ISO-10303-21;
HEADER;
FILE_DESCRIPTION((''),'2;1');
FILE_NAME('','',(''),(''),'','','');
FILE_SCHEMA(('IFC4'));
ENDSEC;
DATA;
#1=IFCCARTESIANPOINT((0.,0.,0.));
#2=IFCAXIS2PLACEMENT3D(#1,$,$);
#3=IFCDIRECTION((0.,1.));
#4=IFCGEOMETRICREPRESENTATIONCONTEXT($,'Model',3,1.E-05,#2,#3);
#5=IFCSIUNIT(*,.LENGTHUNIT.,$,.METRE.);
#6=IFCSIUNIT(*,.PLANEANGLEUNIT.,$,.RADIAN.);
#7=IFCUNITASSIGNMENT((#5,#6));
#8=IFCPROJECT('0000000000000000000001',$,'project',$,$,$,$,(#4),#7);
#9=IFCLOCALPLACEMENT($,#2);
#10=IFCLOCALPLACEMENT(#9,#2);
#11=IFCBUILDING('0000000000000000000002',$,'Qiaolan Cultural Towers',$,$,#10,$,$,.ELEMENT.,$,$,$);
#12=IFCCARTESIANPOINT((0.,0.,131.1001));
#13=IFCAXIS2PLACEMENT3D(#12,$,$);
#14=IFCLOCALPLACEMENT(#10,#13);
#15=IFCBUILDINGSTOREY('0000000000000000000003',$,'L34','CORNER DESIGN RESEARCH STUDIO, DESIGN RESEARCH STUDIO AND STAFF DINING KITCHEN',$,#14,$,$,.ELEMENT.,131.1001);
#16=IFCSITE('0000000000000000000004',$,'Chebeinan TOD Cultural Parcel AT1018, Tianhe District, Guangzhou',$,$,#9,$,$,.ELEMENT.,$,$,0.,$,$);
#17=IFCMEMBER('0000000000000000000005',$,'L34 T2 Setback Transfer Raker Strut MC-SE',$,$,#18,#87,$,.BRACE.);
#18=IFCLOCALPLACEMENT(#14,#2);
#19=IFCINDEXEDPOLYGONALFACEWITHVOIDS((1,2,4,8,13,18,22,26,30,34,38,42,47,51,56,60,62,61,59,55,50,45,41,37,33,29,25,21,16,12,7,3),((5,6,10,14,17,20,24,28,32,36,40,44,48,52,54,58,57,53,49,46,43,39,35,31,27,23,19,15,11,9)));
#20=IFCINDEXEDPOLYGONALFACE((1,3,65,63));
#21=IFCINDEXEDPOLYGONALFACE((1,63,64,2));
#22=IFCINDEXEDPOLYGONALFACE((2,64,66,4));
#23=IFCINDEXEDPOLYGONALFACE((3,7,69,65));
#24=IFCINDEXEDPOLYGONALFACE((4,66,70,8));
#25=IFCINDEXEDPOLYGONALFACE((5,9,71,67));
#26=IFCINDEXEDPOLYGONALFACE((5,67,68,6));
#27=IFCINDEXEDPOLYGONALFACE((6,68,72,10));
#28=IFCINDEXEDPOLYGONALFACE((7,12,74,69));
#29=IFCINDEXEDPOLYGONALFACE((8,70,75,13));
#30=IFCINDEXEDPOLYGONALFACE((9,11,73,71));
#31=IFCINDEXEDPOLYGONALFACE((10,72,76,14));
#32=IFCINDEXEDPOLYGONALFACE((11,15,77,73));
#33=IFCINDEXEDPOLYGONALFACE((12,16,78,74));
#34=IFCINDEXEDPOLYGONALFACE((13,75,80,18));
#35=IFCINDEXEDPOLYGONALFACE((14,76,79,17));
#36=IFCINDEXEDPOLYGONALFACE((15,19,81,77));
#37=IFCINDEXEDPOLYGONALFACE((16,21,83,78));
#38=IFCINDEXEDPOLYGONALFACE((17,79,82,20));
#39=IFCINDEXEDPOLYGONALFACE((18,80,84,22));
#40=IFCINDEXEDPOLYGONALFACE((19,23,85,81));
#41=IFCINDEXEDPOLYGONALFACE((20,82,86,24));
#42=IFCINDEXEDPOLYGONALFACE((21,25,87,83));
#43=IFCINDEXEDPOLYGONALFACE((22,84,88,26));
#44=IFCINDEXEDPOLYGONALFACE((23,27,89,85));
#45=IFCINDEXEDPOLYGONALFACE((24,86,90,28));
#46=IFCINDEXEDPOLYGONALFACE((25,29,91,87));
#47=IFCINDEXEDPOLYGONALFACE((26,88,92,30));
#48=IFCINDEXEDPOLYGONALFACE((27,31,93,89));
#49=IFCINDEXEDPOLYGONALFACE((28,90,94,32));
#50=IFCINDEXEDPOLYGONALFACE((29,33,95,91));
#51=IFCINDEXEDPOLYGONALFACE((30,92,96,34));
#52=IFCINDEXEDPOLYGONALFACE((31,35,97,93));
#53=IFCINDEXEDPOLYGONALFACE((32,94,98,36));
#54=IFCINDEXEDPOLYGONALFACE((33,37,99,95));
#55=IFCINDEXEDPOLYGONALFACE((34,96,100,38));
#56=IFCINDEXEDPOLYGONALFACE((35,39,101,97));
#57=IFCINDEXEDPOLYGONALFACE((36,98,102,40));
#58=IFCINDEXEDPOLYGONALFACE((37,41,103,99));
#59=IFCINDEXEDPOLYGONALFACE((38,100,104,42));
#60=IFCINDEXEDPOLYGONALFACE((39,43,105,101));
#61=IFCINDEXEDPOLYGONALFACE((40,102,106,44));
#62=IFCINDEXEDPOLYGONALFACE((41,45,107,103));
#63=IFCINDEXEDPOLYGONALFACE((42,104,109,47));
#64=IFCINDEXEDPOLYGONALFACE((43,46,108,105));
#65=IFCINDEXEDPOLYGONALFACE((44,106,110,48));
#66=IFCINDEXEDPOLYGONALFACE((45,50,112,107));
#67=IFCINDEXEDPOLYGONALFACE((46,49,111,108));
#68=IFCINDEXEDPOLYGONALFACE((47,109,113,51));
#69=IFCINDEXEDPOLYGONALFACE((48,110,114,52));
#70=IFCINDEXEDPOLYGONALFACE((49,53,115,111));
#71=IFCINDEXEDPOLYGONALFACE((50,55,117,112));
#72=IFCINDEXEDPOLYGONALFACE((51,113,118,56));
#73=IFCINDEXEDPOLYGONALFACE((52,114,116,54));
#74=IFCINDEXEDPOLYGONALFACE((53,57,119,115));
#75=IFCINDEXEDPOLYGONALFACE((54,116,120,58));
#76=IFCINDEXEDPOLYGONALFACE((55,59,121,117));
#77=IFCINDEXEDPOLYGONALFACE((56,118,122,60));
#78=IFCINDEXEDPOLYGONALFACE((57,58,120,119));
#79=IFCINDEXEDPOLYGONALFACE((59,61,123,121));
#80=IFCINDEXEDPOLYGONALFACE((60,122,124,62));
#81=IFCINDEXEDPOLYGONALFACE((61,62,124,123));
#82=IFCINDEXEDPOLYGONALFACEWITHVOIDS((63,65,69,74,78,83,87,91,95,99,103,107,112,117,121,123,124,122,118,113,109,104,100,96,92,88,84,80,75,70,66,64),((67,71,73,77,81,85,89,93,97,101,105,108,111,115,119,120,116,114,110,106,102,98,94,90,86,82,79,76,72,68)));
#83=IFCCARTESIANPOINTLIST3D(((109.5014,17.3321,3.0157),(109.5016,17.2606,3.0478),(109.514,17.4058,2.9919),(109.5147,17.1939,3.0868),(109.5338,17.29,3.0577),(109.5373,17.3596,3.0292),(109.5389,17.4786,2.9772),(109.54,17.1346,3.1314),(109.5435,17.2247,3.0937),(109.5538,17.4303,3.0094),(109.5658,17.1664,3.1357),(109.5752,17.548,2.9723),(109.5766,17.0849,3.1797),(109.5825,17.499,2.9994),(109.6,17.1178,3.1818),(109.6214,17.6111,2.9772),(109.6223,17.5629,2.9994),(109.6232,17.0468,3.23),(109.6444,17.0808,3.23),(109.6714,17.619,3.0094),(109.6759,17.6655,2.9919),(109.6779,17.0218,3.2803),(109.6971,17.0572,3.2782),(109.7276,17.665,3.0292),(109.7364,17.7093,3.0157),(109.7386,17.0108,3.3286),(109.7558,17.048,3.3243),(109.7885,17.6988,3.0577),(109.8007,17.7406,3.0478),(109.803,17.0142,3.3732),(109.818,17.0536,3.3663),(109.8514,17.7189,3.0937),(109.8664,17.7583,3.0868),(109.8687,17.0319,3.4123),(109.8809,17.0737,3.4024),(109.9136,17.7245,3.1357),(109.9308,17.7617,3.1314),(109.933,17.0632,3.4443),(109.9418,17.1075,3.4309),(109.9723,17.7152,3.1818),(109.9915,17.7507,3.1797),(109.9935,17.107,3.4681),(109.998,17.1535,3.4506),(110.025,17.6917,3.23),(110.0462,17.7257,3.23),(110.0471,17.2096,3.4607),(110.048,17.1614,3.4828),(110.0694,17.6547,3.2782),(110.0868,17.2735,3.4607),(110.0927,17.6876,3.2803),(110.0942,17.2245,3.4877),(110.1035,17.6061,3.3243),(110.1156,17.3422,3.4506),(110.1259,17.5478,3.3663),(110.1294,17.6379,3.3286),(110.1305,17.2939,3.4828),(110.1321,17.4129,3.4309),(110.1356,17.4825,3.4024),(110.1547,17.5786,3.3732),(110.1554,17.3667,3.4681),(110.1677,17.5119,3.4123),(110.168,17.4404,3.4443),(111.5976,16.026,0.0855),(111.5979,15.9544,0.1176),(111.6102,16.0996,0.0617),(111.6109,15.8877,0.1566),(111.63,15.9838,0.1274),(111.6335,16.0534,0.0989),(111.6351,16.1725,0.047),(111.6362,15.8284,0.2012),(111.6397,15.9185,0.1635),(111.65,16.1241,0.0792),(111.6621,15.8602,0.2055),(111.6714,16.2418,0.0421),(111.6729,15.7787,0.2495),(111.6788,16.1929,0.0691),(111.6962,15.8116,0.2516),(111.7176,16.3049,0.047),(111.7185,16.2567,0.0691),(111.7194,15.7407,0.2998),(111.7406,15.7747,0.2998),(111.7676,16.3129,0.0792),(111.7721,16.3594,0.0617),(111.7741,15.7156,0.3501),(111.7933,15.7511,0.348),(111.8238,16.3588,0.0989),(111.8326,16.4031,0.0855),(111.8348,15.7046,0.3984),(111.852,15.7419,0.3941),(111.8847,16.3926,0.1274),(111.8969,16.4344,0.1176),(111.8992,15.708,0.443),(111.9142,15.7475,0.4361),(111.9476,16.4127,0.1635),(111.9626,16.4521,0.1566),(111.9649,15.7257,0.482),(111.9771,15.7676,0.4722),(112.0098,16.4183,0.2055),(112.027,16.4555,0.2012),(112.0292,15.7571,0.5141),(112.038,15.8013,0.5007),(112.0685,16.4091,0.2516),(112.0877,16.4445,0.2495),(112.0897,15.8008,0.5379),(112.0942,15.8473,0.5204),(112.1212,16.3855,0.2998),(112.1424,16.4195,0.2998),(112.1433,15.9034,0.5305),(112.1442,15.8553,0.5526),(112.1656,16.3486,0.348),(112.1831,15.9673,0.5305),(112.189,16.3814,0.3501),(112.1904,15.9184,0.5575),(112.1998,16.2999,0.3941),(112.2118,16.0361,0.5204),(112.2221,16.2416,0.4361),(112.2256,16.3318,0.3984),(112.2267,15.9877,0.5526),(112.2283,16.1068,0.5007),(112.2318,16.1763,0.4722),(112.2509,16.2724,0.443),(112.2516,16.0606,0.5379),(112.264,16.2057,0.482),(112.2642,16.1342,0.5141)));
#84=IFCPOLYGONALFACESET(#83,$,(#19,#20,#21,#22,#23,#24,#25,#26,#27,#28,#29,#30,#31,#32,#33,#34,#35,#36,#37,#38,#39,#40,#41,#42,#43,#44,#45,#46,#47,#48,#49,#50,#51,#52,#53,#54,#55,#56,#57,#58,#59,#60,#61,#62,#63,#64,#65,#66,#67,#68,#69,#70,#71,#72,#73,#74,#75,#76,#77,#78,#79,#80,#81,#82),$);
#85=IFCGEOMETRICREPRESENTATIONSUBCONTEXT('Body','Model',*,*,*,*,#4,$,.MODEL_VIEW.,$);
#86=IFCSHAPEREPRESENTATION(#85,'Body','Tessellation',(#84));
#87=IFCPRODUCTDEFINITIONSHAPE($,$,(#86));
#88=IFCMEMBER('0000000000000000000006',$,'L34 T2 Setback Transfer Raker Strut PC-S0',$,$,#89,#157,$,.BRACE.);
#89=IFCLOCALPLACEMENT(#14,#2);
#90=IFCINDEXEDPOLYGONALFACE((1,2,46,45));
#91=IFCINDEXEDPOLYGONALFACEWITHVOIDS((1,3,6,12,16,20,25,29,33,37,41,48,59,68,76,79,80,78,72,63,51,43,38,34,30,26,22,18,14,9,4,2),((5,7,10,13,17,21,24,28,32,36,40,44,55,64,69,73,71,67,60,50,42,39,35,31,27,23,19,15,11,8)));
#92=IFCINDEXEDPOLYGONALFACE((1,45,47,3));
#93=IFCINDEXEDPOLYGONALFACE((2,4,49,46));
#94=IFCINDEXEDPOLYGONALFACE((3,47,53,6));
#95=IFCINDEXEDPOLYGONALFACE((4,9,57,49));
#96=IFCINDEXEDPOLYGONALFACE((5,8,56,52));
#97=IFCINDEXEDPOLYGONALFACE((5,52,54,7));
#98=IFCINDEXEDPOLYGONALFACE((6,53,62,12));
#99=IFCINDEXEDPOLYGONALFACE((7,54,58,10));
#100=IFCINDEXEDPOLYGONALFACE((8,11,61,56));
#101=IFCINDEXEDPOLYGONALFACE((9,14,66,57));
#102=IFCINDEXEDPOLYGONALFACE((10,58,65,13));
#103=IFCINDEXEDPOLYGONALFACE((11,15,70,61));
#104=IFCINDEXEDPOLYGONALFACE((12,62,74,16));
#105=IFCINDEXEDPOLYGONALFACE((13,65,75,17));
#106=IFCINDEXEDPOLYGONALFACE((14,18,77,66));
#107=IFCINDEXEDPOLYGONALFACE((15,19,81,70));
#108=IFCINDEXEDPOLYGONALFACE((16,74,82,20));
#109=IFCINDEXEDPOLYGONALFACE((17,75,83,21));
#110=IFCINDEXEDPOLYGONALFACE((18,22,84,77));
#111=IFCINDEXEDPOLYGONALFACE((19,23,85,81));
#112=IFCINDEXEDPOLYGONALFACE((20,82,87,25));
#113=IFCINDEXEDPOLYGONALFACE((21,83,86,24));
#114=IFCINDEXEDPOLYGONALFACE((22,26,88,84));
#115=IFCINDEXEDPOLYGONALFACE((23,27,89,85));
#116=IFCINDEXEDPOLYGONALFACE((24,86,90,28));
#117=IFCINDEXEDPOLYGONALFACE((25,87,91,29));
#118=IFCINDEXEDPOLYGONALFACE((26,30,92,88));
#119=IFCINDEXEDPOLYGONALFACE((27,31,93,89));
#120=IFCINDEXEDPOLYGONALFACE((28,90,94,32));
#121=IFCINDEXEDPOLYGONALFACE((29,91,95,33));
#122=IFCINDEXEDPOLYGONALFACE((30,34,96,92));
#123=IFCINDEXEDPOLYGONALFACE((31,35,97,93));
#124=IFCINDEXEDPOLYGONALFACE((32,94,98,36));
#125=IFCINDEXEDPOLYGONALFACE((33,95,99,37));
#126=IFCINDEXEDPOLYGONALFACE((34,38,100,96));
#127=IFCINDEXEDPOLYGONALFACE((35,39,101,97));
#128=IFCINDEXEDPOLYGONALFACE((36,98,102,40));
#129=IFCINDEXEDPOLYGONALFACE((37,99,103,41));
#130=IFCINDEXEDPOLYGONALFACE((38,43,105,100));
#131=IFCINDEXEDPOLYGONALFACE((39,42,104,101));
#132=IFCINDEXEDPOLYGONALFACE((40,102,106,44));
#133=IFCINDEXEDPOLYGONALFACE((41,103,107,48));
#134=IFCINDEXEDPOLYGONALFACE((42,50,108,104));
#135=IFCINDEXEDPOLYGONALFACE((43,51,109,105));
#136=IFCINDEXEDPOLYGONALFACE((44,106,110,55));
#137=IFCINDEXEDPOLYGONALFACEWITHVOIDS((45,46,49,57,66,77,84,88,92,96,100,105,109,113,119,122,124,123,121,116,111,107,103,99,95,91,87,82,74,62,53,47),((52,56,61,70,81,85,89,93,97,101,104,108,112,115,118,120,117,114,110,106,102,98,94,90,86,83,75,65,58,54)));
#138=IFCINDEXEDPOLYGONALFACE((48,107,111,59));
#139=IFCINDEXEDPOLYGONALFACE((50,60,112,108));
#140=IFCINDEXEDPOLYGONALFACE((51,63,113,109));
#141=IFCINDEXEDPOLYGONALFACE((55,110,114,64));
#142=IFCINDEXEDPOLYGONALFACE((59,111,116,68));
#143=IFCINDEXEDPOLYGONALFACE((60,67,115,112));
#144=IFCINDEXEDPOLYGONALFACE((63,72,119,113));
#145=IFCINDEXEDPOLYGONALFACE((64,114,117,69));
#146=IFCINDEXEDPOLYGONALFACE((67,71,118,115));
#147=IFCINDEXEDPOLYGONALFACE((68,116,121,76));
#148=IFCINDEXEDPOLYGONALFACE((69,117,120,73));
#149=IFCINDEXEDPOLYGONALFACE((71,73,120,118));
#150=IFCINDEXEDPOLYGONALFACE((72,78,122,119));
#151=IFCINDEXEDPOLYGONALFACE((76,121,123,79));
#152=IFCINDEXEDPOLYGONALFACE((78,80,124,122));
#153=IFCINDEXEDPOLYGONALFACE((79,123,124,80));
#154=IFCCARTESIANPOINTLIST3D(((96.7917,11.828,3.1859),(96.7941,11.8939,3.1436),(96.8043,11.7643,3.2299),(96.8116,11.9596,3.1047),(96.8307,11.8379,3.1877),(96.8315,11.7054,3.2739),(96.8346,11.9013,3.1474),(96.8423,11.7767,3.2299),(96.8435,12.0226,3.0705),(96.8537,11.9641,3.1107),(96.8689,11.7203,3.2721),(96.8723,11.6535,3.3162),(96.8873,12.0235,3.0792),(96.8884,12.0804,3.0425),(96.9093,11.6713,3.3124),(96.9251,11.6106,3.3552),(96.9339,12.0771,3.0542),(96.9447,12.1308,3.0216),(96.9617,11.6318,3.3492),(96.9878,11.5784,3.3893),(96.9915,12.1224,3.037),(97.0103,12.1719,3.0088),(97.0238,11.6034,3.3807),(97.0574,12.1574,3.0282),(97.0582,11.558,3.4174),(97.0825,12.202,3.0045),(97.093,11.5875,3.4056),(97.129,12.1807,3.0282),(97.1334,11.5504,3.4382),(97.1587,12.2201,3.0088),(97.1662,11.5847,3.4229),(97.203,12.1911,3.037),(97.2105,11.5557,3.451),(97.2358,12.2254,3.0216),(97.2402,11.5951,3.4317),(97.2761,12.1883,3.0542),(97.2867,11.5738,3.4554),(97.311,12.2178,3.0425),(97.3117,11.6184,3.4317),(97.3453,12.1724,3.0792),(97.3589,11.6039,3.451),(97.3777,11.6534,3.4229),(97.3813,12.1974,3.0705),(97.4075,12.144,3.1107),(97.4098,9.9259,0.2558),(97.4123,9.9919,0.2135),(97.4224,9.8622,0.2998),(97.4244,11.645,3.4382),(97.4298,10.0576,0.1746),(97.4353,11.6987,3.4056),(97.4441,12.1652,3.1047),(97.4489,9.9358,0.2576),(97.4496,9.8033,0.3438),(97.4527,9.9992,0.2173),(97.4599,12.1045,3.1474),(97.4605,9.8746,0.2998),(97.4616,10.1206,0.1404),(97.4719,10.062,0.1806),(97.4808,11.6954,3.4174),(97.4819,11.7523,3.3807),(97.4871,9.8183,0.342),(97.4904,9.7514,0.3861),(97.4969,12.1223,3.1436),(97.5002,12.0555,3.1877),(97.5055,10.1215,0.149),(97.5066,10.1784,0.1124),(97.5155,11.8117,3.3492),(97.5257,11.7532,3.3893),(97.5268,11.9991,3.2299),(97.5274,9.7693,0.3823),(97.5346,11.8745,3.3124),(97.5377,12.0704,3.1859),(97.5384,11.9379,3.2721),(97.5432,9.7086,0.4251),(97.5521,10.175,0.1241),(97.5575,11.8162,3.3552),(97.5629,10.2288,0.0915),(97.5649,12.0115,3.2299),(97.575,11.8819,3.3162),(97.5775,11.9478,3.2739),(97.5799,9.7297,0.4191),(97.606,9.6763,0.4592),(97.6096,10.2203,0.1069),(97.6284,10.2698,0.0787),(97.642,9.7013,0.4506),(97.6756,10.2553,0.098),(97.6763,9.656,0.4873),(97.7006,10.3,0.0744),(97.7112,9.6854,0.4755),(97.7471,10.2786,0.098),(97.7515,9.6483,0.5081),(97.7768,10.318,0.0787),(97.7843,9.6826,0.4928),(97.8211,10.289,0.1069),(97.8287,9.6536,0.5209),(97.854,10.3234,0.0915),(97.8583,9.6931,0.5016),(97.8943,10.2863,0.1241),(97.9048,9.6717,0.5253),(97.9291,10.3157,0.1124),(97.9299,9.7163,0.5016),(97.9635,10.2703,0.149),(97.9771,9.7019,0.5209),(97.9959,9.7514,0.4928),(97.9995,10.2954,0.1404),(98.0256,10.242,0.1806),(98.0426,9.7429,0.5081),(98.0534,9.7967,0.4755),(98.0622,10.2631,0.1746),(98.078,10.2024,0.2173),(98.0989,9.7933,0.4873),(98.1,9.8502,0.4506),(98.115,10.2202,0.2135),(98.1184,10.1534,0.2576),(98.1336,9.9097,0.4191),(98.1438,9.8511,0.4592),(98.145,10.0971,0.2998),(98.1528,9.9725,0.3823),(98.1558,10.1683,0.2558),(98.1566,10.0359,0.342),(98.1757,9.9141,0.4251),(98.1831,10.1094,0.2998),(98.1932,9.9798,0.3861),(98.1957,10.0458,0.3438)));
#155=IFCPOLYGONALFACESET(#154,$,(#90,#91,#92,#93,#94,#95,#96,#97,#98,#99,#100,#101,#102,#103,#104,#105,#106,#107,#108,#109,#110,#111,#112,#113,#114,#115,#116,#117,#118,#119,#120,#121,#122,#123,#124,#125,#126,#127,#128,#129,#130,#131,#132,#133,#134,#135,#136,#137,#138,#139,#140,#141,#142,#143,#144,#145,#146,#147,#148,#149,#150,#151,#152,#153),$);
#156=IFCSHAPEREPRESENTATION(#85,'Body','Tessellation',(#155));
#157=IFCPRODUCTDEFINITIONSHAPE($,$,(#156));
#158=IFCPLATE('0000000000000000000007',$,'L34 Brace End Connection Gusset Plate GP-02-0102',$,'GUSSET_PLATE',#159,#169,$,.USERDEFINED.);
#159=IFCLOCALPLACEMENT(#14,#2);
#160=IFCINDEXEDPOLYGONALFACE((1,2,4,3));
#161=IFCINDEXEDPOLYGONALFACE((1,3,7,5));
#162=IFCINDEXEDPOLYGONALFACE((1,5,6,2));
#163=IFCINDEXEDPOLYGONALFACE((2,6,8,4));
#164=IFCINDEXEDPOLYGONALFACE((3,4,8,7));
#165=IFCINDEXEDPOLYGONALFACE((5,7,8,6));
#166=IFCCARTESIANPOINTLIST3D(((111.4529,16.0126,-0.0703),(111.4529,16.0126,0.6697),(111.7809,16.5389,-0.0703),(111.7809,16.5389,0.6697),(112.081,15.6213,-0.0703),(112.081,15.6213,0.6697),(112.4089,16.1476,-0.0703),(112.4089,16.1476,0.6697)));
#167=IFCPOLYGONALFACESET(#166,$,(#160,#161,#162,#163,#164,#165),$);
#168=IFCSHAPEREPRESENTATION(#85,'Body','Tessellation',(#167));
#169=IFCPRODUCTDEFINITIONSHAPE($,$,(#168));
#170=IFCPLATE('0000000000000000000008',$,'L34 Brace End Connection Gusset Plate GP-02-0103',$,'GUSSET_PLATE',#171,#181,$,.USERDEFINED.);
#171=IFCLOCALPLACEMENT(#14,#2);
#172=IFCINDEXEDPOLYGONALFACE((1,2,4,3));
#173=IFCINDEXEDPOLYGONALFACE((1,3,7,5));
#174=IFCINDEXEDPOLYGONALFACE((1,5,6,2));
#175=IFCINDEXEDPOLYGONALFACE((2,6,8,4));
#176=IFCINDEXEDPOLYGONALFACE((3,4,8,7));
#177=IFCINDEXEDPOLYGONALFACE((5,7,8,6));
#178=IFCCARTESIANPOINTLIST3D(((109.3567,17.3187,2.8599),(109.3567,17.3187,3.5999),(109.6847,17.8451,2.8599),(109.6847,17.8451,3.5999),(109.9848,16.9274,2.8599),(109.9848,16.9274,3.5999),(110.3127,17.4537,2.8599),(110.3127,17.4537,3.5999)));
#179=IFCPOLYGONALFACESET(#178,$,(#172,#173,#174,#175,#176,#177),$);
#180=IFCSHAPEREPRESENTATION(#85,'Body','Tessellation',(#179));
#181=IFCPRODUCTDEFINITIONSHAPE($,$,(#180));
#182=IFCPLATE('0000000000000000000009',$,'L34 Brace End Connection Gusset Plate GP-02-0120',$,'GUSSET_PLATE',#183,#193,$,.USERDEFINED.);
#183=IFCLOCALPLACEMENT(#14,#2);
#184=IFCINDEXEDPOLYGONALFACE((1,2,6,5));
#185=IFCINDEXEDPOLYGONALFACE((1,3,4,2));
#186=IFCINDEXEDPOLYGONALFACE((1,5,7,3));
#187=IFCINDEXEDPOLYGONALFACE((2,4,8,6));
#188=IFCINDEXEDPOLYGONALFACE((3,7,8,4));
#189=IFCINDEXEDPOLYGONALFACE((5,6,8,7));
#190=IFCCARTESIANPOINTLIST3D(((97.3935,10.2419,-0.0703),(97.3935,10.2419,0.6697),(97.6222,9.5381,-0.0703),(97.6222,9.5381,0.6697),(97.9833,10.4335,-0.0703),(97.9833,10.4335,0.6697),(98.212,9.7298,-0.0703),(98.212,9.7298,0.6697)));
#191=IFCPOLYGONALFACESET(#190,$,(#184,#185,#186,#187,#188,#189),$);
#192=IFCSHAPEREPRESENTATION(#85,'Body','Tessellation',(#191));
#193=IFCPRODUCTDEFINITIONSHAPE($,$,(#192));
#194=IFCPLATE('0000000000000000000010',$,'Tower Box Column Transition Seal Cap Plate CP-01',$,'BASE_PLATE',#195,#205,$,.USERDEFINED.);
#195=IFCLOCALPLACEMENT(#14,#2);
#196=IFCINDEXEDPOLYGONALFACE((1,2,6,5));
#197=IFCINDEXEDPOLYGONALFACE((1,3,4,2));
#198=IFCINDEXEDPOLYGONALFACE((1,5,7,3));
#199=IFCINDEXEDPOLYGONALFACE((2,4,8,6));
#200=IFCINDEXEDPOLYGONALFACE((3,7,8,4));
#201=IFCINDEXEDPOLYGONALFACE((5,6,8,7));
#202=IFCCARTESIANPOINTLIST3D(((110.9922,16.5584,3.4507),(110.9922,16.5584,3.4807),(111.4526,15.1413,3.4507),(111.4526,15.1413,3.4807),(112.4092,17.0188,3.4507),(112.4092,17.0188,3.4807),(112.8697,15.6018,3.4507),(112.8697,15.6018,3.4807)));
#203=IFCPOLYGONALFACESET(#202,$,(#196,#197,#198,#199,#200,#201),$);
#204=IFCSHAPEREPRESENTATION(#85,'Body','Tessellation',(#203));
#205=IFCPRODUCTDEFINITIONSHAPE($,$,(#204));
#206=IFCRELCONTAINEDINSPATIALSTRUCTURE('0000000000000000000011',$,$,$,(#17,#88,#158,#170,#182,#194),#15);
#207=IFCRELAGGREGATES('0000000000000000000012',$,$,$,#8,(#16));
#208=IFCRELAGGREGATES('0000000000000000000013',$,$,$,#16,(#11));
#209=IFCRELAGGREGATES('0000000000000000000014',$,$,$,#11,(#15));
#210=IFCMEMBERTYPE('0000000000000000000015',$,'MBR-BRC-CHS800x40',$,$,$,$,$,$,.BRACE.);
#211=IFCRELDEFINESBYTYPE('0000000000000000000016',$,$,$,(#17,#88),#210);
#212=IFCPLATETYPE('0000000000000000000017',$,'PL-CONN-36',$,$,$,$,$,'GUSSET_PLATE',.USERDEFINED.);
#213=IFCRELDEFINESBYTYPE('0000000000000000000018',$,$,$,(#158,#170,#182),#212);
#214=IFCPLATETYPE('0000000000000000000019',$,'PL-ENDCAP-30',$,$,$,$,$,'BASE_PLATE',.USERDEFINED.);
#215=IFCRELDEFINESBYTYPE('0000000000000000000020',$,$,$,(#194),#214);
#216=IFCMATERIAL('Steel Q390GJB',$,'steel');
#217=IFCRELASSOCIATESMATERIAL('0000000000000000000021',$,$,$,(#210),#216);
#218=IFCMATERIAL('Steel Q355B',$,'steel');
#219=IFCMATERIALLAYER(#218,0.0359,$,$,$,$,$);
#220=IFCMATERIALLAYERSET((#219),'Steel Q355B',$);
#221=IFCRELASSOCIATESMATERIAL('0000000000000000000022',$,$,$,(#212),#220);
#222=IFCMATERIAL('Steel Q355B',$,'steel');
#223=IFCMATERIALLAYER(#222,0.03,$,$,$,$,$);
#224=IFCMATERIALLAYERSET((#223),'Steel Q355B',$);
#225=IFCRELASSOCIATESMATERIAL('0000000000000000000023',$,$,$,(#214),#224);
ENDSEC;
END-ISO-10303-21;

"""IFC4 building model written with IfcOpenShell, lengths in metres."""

from ifc_helpers import new_model, si_unit, direction, frame, origin, origin_2d, place, context, subcontext, project, spatial, rectangle, hollow_circle, extrude, material, layer, layer_set, material_profile, profile_set, type_object, element, save


model = new_model("IFC4")

# Units and contexts
model_context = context("Model", 3, precision=1e-05, world=origin(), true_north=direction((0.0, 1.0)))
body_context = subcontext(model_context, "Body", "Model", "MODEL_VIEW")
ifc_project = project(units=[si_unit("LENGTHUNIT", "METRE"), si_unit("PLANEANGLEUNIT", "RADIAN")], contexts=[model_context])

# Site, building, storey
site_placement = place(None, origin())
site = spatial("IfcSite", under=ifc_project, at=site_placement, Name="Chebeinan TOD Cultural Parcel AT1018, Tianhe District, Guangzhou", CompositionType="ELEMENT", RefElevation=0.0)
building_placement = place(site_placement, origin())
building = spatial("IfcBuilding", under=site, at=building_placement, Name="Qiaolan Cultural Towers", CompositionType="ELEMENT")
storey_placement = place(building_placement, frame((0.0, 0.0, 131.1001)))
storey = spatial("IfcBuildingStorey", under=building, at=storey_placement, Name="L34", Description="CORNER DESIGN RESEARCH STUDIO, DESIGN RESEARCH STUDIO AND STAFF DINING KITCHEN", CompositionType="ELEMENT", Elevation=131.1001)

# Members
ifc_material_1 = material(Name="Steel Q390GJB", Category="steel")
ifc_material_profile_1 = material_profile(ifc_material_1, hollow_circle(Radius=0.3999, WallThickness=0.04, at=origin_2d()), Name="CHS800x40")
ifc_profile_set_1 = profile_set([ifc_material_profile_1], Name="Steel Q390GJB")
member_type = type_object("IfcMemberType", Name="MBR-BRC-CHS800x40", PredefinedType="BRACE", material=ifc_profile_set_1)
member_1_placement = place(storey_placement, frame((111.9309, 16.0801, 0.2998), z_axis=(-0.54699, 0.340834, 0.764614), x_axis=(-0.528843, -0.848719, 0.0)))
element("IfcMember", 1, at=member_1_placement, inside=storey, type_object=member_type, Name="L34 T2 Setback Transfer Raker Strut MC-SE", PredefinedType="BRACE", context=body_context, shape_type="SweptSolid", body=[
    extrude(hollow_circle(Radius=0.3999, WallThickness=0.04, at=origin_2d()), origin(), (0.0, 0.0, 1.0), 3.8323),
])
member_2_placement = place(storey_placement, frame((97.8027, 9.9858, 0.2998), z_axis=(-0.174245, 0.536153, 0.825941), x_axis=(-0.951037, -0.309078, 0.0)))
element("IfcMember", 2, at=member_2_placement, inside=storey, type_object=member_type, Name="L34 T2 Setback Transfer Raker Strut PC-S0", PredefinedType="BRACE", context=body_context, shape_type="SweptSolid", body=[
    extrude(hollow_circle(Radius=0.3999, WallThickness=0.04, at=origin_2d()), origin(), (0.0, 0.0, 1.0), 3.5476),
])

# Plates
ifc_material_2 = material(Name="Steel Q355B", Category="steel")
ifc_layer_1 = layer(ifc_material_2, 0.0359)
ifc_layer_set_1 = layer_set([ifc_layer_1], Name="Steel Q355B")
plate_type_1 = type_object("IfcPlateType", Name="PL-CONN-36", ElementType="GUSSET_PLATE", PredefinedType="USERDEFINED", material=ifc_layer_set_1)
for number, where, z_axis, x_axis, name in (
    (3, (111.9309, 16.0801, -0.0703), (0.0, 0.0, 1.0), (-0.848722, 0.52884, 0.0), "L34 Brace End Connection Gusset Plate GP-02-0102"),
    (4, (109.8347, 17.3862, 2.8599), (0.0, 0.0, 1.0), (-0.848722, 0.52884, 0.0), "L34 Brace End Connection Gusset Plate GP-02-0103"),
    (5, (97.8027, 9.9858, -0.0703), (0.0, 0.0, 1.0), (-0.309017, 0.951057, 0.0), "L34 Brace End Connection Gusset Plate GP-02-0120"),
):
    element("IfcPlate", number, at=place(storey_placement, frame(where, z_axis=z_axis, x_axis=x_axis)), inside=storey, type_object=plate_type_1, Name=name, ObjectType="GUSSET_PLATE", PredefinedType="USERDEFINED", context=body_context, shape_type="SweptSolid", body=[
        extrude(rectangle(XDim=0.74, YDim=0.6201, at=origin_2d()), origin(), (0.0, 0.0, 1.0), 0.74),
    ])
ifc_material_3 = material(Name="Steel Q355B", Category="steel")
ifc_layer_2 = layer(ifc_material_3, 0.03)
ifc_layer_set_2 = layer_set([ifc_layer_2], Name="Steel Q355B")
plate_type_2 = type_object("IfcPlateType", Name="PL-ENDCAP-30", ElementType="BASE_PLATE", PredefinedType="USERDEFINED", material=ifc_layer_set_2)
plate_1_placement = place(storey_placement, frame((111.9309, 16.0801, 3.4507), z_axis=(0.0, 0.0, 1.0), x_axis=(0.951057, 0.309017, 0.0)))
element("IfcPlate", 6, at=plate_1_placement, inside=storey, type_object=plate_type_2, Name="Tower Box Column Transition Seal Cap Plate CP-01", ObjectType="BASE_PLATE", PredefinedType="USERDEFINED", context=body_context, shape_type="SweptSolid", body=[
    extrude(rectangle(XDim=1.49, YDim=1.49, at=origin_2d()), origin(), (0.0, 0.0, 1.0), 0.03),
])

save(model, "model.ifc")
